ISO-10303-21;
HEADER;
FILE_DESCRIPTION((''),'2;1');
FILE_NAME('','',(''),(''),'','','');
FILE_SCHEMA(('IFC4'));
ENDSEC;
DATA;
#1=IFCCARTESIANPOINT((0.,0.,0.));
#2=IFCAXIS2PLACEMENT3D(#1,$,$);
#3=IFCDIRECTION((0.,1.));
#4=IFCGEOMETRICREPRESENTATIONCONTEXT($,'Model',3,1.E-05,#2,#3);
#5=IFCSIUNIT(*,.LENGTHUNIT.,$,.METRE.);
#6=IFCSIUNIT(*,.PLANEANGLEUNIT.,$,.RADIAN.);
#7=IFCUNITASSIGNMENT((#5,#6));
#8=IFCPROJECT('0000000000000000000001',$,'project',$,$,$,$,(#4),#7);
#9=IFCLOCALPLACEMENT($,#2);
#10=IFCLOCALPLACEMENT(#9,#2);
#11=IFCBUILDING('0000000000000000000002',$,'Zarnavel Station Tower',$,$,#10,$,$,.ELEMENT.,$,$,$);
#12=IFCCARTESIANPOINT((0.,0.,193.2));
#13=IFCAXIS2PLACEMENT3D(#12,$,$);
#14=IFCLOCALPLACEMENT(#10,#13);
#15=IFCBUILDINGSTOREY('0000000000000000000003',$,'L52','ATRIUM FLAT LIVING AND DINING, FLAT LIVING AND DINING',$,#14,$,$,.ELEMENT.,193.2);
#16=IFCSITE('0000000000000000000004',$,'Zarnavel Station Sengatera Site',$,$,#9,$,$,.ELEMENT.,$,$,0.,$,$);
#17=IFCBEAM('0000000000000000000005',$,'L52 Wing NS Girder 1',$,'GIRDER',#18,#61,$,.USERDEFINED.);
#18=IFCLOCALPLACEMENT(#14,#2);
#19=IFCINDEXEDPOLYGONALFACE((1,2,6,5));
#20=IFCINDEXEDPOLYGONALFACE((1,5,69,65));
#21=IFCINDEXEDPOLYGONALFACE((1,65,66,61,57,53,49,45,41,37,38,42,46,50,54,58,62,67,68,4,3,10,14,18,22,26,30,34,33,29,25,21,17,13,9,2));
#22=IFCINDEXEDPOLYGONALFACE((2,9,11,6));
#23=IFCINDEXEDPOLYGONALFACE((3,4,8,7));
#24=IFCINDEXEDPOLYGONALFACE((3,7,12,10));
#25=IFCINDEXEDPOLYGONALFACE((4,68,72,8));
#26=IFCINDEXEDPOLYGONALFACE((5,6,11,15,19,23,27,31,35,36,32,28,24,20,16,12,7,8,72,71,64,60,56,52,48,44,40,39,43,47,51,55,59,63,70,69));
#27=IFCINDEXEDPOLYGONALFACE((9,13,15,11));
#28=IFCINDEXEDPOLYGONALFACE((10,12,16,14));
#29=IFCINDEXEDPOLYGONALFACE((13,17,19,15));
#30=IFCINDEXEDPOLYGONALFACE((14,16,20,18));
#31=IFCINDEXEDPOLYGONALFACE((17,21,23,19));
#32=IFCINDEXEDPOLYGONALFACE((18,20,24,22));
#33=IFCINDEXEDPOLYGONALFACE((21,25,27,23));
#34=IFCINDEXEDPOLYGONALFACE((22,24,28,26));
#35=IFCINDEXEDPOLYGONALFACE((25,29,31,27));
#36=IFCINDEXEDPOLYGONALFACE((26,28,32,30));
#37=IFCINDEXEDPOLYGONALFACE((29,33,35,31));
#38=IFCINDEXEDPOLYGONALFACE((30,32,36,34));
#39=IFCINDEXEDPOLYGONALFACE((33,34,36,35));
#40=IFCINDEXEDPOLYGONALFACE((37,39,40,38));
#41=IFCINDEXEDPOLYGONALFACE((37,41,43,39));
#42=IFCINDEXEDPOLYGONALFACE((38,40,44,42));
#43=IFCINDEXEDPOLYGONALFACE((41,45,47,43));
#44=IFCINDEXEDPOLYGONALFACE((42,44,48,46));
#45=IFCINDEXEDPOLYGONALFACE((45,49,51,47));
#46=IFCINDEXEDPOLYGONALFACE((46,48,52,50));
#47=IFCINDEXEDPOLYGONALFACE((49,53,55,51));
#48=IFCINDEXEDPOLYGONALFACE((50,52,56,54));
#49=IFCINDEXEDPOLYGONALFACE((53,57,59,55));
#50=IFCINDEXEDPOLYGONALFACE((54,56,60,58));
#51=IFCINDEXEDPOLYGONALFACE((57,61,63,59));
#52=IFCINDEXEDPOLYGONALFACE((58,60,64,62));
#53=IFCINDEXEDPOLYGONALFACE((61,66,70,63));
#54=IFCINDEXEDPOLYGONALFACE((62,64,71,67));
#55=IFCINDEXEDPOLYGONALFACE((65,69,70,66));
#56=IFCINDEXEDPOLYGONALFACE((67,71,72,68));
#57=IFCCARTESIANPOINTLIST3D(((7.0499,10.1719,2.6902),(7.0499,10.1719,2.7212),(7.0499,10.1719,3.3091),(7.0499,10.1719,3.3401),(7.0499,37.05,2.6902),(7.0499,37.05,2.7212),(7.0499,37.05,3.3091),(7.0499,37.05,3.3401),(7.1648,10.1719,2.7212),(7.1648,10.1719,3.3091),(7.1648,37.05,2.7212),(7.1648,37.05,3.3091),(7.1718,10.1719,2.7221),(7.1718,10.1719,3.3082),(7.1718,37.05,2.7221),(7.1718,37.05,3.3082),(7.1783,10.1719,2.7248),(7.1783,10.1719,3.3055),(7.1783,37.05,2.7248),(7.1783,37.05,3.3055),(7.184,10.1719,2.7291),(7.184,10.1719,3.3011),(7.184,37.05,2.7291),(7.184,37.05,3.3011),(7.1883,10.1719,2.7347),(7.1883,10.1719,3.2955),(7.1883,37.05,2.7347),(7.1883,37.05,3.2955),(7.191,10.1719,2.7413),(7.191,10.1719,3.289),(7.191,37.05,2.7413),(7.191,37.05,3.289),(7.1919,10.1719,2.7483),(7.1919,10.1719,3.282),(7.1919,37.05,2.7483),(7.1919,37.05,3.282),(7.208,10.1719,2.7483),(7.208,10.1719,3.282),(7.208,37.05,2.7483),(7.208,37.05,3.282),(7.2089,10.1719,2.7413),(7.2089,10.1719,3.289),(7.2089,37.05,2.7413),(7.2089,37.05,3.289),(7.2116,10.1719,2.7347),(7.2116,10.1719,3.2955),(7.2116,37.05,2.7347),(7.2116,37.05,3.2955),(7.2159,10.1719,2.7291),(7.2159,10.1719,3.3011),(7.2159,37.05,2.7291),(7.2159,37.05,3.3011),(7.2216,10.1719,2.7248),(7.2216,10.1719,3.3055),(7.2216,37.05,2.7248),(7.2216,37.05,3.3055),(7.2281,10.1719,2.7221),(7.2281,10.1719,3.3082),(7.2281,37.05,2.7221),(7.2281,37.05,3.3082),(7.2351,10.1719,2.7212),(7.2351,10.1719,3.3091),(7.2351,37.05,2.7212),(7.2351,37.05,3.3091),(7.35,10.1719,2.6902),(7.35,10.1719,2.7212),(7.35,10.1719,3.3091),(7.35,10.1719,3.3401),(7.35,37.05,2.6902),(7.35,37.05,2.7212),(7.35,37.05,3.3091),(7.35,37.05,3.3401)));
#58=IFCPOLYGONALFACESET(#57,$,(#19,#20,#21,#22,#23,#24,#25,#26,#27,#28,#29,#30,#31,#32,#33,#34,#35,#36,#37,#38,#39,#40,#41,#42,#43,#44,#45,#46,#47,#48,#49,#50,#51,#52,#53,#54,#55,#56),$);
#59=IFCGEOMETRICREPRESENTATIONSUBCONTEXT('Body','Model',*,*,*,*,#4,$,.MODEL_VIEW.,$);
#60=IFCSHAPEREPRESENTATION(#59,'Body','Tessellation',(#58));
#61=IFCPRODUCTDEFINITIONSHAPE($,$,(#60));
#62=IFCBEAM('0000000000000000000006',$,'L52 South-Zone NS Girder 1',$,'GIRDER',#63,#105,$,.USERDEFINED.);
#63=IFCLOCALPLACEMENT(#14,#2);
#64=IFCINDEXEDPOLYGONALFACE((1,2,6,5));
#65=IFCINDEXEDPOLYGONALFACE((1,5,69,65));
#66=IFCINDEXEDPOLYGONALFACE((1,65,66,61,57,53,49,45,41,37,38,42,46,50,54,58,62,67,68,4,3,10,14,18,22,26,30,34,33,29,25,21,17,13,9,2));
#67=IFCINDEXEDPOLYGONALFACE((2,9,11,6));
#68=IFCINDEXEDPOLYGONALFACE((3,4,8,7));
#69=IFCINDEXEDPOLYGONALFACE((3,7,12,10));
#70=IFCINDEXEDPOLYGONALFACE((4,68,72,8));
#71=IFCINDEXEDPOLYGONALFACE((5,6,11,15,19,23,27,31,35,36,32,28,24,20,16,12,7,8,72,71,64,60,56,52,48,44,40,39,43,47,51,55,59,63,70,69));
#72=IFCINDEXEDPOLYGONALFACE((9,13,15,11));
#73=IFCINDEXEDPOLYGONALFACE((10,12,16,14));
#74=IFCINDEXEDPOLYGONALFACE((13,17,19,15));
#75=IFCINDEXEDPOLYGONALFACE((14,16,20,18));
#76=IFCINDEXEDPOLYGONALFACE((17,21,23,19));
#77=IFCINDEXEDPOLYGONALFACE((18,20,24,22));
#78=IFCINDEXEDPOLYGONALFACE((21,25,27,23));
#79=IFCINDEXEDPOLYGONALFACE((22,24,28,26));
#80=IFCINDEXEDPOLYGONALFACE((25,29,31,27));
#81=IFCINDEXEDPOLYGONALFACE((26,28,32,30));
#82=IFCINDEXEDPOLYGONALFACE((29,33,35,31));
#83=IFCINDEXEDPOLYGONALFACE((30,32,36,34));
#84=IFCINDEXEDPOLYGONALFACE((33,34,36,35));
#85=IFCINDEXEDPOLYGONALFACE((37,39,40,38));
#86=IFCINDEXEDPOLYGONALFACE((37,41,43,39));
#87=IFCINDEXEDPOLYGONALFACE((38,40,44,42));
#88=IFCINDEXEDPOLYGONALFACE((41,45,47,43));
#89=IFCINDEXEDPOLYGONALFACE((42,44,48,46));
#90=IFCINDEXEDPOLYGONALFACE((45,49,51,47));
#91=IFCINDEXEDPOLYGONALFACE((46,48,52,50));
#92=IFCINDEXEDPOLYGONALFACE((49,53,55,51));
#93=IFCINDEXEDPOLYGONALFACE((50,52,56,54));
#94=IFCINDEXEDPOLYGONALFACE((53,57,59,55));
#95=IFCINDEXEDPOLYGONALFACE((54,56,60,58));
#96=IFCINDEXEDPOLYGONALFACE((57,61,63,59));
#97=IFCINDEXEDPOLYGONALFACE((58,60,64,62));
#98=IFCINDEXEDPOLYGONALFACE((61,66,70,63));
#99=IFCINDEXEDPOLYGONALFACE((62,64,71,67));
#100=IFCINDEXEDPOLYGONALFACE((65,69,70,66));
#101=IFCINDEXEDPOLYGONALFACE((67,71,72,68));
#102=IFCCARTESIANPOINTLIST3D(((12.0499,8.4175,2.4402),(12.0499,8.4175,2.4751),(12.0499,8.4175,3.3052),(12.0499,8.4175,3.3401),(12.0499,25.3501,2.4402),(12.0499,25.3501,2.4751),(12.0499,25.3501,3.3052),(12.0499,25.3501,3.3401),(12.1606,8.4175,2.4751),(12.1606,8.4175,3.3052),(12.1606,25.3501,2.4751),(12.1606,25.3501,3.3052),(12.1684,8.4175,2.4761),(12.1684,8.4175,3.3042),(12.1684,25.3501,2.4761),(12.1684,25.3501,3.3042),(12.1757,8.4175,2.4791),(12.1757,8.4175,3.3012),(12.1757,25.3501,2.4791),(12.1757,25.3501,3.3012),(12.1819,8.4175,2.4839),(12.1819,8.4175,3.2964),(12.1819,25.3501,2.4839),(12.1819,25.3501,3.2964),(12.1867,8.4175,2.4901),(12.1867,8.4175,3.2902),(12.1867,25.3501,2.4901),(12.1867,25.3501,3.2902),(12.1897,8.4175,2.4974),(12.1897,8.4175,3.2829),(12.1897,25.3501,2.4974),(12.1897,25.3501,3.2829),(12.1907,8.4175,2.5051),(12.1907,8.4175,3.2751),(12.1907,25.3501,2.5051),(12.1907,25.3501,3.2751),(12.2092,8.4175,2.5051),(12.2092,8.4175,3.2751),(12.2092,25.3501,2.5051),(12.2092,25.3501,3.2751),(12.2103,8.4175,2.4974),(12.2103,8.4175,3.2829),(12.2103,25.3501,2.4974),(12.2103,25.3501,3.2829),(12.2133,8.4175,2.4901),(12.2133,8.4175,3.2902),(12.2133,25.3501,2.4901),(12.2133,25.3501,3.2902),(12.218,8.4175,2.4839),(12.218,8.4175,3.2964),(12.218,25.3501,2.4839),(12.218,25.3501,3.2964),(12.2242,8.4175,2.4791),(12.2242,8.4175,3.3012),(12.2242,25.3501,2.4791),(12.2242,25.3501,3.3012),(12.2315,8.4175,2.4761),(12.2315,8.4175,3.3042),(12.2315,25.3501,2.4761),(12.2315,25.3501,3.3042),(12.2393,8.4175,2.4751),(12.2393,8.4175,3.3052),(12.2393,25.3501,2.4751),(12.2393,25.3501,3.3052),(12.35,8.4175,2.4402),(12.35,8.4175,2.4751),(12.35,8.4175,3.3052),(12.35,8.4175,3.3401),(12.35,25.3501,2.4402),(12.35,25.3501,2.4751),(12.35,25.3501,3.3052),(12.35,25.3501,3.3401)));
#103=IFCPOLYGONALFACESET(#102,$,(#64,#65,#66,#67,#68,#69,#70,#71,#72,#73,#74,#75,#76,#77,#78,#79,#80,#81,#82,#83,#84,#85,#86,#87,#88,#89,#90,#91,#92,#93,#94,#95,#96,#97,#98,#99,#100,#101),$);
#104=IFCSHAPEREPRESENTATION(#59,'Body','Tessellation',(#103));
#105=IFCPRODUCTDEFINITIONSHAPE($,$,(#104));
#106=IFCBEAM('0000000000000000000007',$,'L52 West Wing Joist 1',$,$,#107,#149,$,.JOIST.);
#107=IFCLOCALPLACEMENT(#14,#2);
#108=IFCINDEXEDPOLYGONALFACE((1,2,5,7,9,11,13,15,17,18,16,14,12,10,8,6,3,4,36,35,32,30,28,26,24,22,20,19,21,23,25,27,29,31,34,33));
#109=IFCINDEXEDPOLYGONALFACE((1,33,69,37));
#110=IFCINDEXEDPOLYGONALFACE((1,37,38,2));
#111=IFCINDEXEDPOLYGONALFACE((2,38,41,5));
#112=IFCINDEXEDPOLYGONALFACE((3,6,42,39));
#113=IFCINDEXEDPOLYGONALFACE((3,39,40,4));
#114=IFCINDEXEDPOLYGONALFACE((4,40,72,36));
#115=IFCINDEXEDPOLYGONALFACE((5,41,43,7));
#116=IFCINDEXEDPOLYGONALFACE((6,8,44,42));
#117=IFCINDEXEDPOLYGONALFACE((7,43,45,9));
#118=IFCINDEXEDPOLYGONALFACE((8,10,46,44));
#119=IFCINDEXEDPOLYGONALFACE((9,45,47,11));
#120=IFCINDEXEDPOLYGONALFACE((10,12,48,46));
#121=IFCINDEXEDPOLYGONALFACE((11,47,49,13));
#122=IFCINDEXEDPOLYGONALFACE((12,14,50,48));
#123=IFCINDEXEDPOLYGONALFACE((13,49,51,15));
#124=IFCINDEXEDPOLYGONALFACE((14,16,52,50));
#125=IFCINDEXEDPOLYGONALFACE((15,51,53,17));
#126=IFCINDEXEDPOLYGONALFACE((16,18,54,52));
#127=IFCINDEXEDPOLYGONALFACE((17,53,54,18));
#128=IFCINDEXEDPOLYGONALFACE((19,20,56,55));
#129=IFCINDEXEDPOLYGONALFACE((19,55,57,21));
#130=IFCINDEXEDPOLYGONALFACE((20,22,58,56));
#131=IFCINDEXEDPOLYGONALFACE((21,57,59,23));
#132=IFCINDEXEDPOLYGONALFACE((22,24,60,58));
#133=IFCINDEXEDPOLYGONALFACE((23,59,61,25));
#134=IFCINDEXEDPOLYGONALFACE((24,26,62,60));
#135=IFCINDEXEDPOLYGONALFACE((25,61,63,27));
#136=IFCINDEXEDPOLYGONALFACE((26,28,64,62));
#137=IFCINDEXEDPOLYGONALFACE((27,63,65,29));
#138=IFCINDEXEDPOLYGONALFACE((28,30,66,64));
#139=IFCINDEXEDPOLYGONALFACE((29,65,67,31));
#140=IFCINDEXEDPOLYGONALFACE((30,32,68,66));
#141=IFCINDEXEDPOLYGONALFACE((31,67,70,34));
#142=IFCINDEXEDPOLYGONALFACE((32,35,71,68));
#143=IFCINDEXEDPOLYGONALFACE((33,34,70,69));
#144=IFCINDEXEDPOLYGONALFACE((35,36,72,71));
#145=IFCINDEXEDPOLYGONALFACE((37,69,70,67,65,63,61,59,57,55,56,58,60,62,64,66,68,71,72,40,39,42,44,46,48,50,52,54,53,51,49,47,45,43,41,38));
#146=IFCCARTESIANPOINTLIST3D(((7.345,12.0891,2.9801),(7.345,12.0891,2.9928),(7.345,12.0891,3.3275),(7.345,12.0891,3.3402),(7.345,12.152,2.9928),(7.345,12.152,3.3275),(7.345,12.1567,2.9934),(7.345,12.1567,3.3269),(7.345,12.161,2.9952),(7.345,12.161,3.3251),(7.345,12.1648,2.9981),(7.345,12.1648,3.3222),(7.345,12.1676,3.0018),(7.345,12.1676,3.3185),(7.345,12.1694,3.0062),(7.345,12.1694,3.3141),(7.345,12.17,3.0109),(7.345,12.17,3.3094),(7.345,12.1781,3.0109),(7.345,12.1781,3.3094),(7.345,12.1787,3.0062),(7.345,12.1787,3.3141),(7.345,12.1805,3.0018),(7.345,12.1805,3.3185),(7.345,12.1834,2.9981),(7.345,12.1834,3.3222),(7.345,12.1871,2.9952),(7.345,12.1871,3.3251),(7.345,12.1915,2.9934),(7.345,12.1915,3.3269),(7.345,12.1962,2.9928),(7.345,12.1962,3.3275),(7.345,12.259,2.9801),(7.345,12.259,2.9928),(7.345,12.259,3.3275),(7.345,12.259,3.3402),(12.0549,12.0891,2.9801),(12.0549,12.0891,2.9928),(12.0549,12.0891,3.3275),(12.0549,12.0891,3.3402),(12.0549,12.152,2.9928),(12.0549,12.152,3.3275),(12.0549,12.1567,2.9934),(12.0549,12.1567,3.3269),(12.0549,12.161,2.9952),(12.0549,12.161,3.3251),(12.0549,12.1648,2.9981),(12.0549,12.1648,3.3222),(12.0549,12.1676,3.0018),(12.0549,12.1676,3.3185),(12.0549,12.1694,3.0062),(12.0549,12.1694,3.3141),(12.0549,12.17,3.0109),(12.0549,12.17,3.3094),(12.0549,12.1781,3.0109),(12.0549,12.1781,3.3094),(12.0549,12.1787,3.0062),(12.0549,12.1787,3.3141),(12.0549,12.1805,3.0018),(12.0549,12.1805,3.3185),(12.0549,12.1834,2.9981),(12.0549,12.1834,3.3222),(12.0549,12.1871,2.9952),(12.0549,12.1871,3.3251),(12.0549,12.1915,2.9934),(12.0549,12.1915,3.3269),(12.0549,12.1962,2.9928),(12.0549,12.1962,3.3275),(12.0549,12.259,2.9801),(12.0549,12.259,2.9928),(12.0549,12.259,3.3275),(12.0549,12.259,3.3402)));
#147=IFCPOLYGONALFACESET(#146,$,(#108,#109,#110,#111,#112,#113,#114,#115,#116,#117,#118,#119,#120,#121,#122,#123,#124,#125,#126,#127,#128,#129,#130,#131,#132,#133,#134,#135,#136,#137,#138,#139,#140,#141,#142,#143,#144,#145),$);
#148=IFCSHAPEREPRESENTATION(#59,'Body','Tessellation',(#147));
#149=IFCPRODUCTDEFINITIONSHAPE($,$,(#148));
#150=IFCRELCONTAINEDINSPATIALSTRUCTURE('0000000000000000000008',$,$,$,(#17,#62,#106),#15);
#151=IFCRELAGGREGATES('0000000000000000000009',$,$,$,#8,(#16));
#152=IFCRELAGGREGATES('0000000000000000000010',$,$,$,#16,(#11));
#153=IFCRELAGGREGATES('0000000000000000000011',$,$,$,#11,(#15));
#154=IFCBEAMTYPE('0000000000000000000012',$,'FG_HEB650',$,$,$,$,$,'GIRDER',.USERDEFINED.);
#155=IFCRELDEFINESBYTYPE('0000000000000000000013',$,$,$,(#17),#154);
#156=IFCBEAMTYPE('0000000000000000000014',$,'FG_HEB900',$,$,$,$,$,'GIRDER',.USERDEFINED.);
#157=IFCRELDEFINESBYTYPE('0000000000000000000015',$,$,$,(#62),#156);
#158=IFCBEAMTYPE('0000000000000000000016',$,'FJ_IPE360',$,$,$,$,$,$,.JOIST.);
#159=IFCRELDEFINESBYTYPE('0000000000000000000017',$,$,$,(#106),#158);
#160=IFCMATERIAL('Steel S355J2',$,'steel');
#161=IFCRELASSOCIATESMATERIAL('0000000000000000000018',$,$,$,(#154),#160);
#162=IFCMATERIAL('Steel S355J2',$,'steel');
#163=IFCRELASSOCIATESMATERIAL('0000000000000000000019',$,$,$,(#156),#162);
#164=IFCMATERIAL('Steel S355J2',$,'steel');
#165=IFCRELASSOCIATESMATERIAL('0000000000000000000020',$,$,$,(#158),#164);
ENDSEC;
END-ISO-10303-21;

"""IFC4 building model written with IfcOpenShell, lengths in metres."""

from ifc_helpers import new_model, si_unit, direction, frame, origin, origin_2d, place, context, subcontext, project, spatial, i_section, extrude, material, material_profile, profile_set, type_object, element, save


model = new_model("IFC4")

# Units and contexts
model_context = context("Model", 3, precision=1e-05, world=origin(), true_north=direction((0.0, 1.0)))
body_context = subcontext(model_context, "Body", "Model", "MODEL_VIEW")
ifc_project = project(units=[si_unit("LENGTHUNIT", "METRE"), si_unit("PLANEANGLEUNIT", "RADIAN")], contexts=[model_context])

# Site, building, storey
site_placement = place(None, origin())
site = spatial("IfcSite", under=ifc_project, at=site_placement, Name="Zarnavel Station Sengatera Site", CompositionType="ELEMENT", RefElevation=0.0)
building_placement = place(site_placement, origin())
building = spatial("IfcBuilding", under=site, at=building_placement, Name="Zarnavel Station Tower", CompositionType="ELEMENT")
storey_placement = place(building_placement, frame((0.0, 0.0, 193.2)))
storey = spatial("IfcBuildingStorey", under=building, at=storey_placement, Name="L52", Description="ATRIUM FLAT LIVING AND DINING, FLAT LIVING AND DINING", CompositionType="ELEMENT", Elevation=193.2)

# Beams
ifc_material_1 = material(Name="Steel S355J2", Category="steel")
ifc_material_profile_1 = material_profile(ifc_material_1, i_section(OverallWidth=0.3, OverallDepth=0.6499, WebThickness=0.0161, FlangeThickness=0.031, FilletRadius=0.0271, at=origin_2d()), Name="HEB650")
ifc_profile_set_1 = profile_set([ifc_material_profile_1], Name="Steel S355J2")
beam_type_1 = type_object("IfcBeamType", Name="FG_HEB650", ElementType="GIRDER", PredefinedType="USERDEFINED", material=ifc_profile_set_1)
beam_1_placement = place(storey_placement, frame((7.2, 10.1719, 3.0151), z_axis=(0.0, 1.0, 0.0), x_axis=(-1.0, 0.0, 0.0)))
element("IfcBeam", 1, at=beam_1_placement, inside=storey, type_object=beam_type_1, Name="L52 Wing NS Girder 1", ObjectType="GIRDER", PredefinedType="USERDEFINED", context=body_context, shape_type="SweptSolid", body=[
    extrude(i_section(OverallWidth=0.3, OverallDepth=0.6499, WebThickness=0.0161, FlangeThickness=0.031, FilletRadius=0.0271, at=origin_2d()), origin(), (0.0, 0.0, 1.0), 26.8782),
])
ifc_material_2 = material(Name="Steel S355J2", Category="steel")
ifc_material_profile_2 = material_profile(ifc_material_2, i_section(OverallWidth=0.3, OverallDepth=0.8999, WebThickness=0.0186, FlangeThickness=0.0349, FilletRadius=0.03, at=origin_2d()), Name="HEB900")
ifc_profile_set_2 = profile_set([ifc_material_profile_2], Name="Steel S355J2")
beam_type_2 = type_object("IfcBeamType", Name="FG_HEB900", ElementType="GIRDER", PredefinedType="USERDEFINED", material=ifc_profile_set_2)
beam_2_placement = place(storey_placement, frame((12.2, 8.4175, 2.8901), z_axis=(0.0, 1.0, 0.0), x_axis=(-1.0, 0.0, 0.0)))
element("IfcBeam", 2, at=beam_2_placement, inside=storey, type_object=beam_type_2, Name="L52 South-Zone NS Girder 1", ObjectType="GIRDER", PredefinedType="USERDEFINED", context=body_context, shape_type="SweptSolid", body=[
    extrude(i_section(OverallWidth=0.3, OverallDepth=0.8999, WebThickness=0.0186, FlangeThickness=0.0349, FilletRadius=0.03, at=origin_2d()), origin(), (0.0, 0.0, 1.0), 16.9326),
])
ifc_material_3 = material(Name="Steel S355J2", Category="steel")
ifc_material_profile_3 = material_profile(ifc_material_3, i_section(OverallWidth=0.1699, OverallDepth=0.3601, WebThickness=0.0081, FlangeThickness=0.0127, FilletRadius=0.0181, at=origin_2d()), Name="IPE360")
ifc_profile_set_3 = profile_set([ifc_material_profile_3], Name="Steel S355J2")
beam_type_3 = type_object("IfcBeamType", Name="FJ_IPE360", PredefinedType="JOIST", material=ifc_profile_set_3)
beam_3_placement = place(storey_placement, frame((7.345, 12.1741, 3.1602), z_axis=(1.0, 0.0, 0.0), x_axis=(0.0, 1.0, 0.0)))
element("IfcBeam", 3, at=beam_3_placement, inside=storey, type_object=beam_type_3, Name="L52 West Wing Joist 1", PredefinedType="JOIST", context=body_context, shape_type="SweptSolid", body=[
    extrude(i_section(OverallWidth=0.1699, OverallDepth=0.3601, WebThickness=0.0081, FlangeThickness=0.0127, FilletRadius=0.0181, at=origin_2d()), origin(), (0.0, 0.0, 1.0), 4.71),
])

save(model, "model.ifc")
